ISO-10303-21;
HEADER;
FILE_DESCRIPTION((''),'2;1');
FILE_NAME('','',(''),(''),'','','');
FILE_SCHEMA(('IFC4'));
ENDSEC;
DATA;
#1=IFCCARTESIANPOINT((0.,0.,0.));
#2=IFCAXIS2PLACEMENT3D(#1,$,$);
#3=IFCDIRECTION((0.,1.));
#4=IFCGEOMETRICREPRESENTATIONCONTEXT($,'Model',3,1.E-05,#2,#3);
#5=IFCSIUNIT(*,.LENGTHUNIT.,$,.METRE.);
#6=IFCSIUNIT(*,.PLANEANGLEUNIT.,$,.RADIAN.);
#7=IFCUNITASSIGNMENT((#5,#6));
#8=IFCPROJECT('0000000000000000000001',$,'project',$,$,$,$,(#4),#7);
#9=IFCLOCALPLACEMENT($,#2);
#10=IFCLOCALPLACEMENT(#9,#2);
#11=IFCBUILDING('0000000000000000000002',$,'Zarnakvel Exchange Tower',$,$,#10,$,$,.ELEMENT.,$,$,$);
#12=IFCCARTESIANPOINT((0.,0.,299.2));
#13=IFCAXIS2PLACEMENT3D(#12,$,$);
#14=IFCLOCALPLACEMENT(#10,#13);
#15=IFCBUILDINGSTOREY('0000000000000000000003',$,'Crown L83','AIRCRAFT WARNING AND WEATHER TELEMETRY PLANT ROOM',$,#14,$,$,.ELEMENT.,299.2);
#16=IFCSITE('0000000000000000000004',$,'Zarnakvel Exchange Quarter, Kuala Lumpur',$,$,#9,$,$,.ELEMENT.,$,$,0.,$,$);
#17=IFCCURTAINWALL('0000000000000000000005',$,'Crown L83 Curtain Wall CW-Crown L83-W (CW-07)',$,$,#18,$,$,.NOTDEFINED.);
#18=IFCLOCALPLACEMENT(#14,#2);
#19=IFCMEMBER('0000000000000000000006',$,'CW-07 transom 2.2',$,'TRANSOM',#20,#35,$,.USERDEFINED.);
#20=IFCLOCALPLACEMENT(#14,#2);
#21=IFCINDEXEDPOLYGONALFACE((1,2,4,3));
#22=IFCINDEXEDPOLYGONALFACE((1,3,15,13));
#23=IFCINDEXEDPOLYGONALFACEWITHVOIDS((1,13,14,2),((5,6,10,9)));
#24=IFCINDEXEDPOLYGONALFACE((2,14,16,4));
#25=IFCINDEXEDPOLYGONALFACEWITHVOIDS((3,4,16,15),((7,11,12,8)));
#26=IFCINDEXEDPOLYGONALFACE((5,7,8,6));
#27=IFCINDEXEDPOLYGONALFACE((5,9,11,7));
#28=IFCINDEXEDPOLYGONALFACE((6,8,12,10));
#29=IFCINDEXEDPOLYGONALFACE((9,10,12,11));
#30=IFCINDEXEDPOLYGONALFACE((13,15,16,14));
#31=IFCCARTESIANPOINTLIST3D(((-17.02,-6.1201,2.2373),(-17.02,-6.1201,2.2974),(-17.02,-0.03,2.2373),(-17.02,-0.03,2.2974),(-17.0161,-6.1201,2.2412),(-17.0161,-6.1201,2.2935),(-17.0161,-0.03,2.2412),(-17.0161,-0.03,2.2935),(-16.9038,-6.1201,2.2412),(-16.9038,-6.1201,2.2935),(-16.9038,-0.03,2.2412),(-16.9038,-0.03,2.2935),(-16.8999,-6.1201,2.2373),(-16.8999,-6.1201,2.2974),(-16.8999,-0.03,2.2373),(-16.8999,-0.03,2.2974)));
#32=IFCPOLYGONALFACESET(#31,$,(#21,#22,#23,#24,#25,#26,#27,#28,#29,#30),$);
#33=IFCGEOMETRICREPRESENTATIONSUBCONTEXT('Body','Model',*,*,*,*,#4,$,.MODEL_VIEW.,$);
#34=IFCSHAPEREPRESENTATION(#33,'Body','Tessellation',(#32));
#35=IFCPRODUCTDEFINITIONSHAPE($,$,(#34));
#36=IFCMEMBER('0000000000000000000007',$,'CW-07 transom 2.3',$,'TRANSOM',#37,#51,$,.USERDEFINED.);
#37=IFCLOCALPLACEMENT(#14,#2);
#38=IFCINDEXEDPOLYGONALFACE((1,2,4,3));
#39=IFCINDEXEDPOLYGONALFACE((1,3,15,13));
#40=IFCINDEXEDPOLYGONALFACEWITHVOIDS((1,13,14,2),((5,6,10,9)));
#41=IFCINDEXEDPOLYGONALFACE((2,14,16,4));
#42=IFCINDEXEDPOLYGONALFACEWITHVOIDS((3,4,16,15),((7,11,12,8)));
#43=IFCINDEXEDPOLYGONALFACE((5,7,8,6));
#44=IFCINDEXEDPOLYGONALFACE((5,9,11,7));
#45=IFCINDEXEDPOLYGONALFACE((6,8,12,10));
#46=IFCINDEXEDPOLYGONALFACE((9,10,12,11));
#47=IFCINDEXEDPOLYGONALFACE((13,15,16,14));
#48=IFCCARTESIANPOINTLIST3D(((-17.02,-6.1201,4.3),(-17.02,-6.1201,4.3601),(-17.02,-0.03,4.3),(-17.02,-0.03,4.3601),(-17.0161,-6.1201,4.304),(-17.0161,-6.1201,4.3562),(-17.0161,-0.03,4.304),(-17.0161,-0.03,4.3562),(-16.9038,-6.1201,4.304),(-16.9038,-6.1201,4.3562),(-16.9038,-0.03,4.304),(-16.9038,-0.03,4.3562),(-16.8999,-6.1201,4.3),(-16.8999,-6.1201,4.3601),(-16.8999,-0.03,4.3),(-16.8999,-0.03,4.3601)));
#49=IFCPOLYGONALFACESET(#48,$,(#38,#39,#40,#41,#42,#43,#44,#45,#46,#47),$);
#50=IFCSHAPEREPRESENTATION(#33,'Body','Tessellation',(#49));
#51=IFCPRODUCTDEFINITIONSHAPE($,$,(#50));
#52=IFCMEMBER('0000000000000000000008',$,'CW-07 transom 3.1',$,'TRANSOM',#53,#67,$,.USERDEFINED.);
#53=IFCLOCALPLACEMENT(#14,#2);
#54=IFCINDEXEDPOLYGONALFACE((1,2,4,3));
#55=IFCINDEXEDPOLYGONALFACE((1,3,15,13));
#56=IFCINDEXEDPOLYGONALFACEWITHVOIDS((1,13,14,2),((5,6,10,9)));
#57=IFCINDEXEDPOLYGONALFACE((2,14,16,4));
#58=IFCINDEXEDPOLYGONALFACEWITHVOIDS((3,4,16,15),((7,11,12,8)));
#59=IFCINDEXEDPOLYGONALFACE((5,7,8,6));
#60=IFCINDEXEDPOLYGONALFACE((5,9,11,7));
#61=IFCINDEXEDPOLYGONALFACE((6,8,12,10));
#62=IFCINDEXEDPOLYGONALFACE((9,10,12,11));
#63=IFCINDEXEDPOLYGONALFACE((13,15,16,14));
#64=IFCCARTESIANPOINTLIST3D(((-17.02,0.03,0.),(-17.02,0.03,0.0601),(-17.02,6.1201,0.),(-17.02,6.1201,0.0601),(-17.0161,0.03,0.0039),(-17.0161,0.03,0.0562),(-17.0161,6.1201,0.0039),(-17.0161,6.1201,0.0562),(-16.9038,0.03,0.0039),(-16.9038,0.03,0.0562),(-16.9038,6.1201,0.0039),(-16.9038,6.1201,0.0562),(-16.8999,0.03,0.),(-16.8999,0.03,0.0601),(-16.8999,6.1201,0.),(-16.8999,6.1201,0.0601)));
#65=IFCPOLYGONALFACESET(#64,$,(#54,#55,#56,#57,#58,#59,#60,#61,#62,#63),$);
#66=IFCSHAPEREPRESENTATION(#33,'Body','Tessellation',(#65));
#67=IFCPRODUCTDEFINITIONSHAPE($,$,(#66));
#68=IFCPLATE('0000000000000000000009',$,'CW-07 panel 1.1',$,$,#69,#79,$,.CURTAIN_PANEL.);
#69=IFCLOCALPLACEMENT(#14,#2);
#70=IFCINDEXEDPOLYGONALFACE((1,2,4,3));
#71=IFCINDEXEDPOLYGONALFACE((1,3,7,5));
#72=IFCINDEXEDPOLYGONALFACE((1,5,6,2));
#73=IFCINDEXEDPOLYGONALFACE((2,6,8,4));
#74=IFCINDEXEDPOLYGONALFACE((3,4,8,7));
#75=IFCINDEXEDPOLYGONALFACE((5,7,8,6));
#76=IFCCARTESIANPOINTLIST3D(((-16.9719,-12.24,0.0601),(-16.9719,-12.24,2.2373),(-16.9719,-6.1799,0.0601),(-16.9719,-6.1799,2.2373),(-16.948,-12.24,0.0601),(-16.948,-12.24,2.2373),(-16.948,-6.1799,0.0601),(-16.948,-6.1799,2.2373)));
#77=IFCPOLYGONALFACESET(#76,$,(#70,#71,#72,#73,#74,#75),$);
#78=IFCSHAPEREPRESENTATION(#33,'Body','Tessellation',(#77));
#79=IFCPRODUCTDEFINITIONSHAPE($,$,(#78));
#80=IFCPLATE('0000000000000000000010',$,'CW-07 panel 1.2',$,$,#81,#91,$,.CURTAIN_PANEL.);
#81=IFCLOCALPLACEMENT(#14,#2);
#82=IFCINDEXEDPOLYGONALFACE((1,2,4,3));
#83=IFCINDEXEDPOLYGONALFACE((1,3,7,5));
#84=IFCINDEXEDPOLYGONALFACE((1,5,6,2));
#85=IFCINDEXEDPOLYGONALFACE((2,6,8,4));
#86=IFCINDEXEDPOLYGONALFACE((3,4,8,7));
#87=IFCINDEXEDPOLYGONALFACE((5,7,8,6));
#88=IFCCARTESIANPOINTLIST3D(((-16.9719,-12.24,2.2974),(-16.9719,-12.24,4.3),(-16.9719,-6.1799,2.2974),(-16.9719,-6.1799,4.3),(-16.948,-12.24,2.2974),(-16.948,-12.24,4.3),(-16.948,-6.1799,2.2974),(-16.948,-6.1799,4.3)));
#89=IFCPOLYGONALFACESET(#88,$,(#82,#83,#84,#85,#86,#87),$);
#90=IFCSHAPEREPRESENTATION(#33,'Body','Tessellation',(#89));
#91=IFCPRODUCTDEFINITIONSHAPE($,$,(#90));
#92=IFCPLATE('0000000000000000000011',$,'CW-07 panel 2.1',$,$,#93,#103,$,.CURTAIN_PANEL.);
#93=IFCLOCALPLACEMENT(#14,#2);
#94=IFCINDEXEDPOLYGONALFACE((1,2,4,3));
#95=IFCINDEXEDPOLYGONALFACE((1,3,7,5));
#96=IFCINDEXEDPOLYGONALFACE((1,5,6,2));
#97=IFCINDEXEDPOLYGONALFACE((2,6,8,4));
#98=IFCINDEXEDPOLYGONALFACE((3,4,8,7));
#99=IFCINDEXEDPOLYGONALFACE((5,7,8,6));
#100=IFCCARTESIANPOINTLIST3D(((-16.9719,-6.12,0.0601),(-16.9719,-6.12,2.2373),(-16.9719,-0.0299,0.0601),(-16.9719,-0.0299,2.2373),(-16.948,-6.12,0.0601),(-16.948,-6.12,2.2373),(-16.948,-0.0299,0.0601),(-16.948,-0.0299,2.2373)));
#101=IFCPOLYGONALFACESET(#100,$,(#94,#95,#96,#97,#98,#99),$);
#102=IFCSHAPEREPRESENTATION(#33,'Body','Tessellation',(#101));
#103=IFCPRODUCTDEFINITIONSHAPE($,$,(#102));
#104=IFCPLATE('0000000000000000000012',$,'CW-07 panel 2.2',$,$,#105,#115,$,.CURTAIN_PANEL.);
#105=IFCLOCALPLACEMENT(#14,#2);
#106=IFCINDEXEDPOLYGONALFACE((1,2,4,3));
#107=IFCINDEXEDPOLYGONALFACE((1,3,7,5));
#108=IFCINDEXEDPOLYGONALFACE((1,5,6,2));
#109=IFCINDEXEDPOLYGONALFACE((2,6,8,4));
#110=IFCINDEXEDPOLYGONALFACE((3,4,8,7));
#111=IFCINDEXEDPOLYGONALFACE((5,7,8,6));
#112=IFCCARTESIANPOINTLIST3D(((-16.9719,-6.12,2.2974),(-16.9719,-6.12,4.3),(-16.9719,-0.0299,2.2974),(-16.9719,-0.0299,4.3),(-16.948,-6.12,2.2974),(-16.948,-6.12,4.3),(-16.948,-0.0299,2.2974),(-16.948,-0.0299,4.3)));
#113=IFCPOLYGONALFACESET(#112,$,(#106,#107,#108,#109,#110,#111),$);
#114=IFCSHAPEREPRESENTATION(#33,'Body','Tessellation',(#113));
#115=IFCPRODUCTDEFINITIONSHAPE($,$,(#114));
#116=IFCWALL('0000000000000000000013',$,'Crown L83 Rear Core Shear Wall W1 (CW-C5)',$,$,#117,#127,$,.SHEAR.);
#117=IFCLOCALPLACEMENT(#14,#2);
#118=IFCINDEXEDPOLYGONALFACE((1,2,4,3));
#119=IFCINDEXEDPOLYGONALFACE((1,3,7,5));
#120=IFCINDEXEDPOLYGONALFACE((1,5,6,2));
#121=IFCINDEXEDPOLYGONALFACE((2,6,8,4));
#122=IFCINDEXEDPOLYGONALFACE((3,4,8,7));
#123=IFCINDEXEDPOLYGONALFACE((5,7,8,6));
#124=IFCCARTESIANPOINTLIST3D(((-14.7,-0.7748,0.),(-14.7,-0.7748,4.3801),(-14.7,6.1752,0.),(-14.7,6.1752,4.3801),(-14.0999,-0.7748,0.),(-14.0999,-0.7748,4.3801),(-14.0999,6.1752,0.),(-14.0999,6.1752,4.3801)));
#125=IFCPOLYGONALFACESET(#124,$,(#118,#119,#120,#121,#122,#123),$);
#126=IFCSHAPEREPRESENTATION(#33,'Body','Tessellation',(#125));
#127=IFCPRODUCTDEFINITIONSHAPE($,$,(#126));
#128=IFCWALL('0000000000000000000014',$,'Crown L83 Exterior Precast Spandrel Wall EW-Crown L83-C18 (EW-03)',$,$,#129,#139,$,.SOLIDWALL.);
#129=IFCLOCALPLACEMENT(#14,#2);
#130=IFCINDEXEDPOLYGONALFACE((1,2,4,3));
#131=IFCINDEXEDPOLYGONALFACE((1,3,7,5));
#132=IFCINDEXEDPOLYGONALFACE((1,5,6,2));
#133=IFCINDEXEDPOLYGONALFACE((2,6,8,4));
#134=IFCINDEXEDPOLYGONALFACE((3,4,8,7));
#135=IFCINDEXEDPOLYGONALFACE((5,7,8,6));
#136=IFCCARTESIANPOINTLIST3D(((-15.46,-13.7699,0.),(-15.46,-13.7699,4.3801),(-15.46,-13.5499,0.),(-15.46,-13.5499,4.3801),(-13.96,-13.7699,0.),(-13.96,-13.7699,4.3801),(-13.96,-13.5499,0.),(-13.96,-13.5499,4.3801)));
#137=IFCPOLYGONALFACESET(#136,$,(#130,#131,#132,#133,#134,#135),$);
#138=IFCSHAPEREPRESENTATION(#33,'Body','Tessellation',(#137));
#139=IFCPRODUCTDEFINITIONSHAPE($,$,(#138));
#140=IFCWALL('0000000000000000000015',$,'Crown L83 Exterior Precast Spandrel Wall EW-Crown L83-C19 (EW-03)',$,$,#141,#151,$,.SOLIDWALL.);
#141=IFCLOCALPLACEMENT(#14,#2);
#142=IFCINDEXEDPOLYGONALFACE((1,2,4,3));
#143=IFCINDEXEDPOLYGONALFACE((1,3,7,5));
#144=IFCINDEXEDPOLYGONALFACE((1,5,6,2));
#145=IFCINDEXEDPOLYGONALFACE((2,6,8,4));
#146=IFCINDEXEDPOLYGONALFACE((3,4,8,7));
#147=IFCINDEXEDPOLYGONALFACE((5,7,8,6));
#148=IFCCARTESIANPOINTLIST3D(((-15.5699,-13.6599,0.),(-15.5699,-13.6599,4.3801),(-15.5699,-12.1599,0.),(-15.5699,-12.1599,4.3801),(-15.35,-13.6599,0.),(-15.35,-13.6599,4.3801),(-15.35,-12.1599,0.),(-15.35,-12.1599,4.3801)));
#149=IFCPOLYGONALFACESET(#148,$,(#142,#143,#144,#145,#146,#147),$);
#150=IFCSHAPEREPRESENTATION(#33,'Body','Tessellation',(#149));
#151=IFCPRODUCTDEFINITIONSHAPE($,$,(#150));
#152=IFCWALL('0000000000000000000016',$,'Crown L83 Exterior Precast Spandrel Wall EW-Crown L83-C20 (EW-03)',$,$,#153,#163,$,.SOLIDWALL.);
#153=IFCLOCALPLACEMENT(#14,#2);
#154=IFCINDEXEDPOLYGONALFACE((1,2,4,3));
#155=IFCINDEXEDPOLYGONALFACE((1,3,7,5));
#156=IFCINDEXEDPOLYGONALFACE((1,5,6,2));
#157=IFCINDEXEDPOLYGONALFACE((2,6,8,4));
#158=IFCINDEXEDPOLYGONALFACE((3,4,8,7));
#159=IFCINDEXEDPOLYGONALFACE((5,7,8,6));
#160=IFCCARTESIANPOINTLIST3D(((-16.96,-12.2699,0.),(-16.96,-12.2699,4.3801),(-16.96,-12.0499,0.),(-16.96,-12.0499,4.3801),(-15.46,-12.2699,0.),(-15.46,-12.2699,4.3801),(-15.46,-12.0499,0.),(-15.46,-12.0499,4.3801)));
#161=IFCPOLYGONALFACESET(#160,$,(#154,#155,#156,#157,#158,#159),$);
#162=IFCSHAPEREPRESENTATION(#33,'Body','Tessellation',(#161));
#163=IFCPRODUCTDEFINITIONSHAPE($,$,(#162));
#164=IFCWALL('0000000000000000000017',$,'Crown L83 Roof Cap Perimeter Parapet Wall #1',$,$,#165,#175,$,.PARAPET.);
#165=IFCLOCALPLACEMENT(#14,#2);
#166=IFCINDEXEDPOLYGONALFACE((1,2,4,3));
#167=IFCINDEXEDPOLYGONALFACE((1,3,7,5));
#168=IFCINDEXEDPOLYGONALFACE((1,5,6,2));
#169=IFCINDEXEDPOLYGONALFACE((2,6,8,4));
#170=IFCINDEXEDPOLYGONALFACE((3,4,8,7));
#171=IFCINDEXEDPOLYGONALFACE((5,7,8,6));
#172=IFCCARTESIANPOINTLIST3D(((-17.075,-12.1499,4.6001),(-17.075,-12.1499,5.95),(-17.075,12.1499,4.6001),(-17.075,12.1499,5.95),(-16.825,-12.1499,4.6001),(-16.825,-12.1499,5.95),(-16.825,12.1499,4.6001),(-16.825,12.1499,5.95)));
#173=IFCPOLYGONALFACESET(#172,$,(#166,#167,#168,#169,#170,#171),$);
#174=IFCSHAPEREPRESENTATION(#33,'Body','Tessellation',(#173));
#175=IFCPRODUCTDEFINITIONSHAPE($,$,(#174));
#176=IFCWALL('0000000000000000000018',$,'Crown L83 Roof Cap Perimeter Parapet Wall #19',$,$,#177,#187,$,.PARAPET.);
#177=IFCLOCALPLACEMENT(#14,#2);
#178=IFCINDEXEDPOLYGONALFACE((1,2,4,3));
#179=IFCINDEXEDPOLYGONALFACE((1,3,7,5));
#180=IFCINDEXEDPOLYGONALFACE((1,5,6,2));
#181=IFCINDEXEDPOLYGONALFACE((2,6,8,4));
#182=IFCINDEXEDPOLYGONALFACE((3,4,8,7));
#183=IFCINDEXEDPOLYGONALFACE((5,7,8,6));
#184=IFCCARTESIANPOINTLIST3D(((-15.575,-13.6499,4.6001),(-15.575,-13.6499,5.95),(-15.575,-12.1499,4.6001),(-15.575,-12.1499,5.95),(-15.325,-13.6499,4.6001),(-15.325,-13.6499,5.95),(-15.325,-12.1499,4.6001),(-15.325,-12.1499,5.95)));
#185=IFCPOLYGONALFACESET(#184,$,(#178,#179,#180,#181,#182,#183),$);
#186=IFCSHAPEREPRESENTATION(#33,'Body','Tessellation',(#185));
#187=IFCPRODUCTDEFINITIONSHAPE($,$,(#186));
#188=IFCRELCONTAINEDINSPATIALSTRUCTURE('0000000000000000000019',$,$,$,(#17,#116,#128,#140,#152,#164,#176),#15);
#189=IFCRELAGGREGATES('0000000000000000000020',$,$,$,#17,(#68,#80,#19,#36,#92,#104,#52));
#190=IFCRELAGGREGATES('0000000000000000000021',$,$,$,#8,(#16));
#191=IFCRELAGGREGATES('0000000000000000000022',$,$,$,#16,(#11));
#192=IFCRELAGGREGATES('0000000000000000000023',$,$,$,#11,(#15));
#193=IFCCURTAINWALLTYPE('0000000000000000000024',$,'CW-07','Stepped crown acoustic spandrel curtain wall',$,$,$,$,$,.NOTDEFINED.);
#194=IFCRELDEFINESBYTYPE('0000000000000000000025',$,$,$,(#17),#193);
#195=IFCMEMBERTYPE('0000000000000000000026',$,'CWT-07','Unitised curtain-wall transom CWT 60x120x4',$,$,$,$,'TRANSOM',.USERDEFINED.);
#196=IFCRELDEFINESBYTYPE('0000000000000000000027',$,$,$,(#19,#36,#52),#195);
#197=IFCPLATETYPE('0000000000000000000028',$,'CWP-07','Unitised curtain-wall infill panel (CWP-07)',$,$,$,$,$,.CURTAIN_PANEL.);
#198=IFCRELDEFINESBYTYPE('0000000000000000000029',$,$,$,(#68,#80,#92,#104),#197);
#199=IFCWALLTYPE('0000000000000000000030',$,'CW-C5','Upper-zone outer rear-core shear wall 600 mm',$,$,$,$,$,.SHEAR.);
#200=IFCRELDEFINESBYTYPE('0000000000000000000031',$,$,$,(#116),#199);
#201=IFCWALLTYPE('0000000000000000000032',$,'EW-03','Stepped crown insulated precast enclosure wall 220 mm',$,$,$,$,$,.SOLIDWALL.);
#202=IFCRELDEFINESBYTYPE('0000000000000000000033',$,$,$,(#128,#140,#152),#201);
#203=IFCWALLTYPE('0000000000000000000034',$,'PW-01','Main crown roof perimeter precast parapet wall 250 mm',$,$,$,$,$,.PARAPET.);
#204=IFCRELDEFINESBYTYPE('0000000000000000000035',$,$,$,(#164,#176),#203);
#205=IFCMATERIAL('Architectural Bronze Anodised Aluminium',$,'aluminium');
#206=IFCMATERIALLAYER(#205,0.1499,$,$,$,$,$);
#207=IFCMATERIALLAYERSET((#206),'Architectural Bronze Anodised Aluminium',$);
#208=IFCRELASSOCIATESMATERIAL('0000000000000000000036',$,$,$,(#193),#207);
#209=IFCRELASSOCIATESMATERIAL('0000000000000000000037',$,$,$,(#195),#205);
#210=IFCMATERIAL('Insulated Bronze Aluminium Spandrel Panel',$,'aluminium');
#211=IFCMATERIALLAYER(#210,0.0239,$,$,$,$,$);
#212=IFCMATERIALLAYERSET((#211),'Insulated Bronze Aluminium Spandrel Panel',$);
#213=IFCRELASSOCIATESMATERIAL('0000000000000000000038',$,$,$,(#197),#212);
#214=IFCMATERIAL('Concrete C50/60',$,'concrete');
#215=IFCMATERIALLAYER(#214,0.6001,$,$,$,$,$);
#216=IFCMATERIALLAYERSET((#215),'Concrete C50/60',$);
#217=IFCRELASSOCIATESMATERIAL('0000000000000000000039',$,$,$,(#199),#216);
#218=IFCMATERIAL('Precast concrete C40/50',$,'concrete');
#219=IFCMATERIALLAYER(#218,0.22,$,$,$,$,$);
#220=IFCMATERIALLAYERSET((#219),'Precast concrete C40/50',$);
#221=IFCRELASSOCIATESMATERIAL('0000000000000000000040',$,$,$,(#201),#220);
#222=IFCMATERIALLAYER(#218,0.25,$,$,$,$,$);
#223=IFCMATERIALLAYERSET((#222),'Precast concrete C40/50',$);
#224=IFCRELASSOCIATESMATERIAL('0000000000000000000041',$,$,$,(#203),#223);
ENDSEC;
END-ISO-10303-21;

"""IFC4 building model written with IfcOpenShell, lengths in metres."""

from ifc_helpers import new_model, si_unit, direction, frame, frame_2d, origin, origin_2d, place, context, subcontext, project, spatial, rectangle, hollow_rectangle, extrude, source, transform, mapped, material, layer, layer_set, material_profile, profile_set, type_object, element, aggregate, save


model = new_model("IFC4")

# Units and contexts
model_context = context("Model", 3, precision=1e-05, world=origin(), true_north=direction((0.0, 1.0)))
body_context = subcontext(model_context, "Body", "Model", "MODEL_VIEW")
ifc_project = project(units=[si_unit("LENGTHUNIT", "METRE"), si_unit("PLANEANGLEUNIT", "RADIAN")], contexts=[model_context])

# Site, building, storey
site_placement = place(None, origin())
site = spatial("IfcSite", under=ifc_project, at=site_placement, Name="Zarnakvel Exchange Quarter, Kuala Lumpur", CompositionType="ELEMENT", RefElevation=0.0)
building_placement = place(site_placement, origin())
building = spatial("IfcBuilding", under=site, at=building_placement, Name="Zarnakvel Exchange Tower", CompositionType="ELEMENT")
storey_placement = place(building_placement, frame((0.0, 0.0, 299.2)))
storey = spatial("IfcBuildingStorey", under=building, at=storey_placement, Name="Crown L83", Description="AIRCRAFT WARNING AND WEATHER TELEMETRY PLANT ROOM", CompositionType="ELEMENT", Elevation=299.2)

# Shared definitions
ifc_material_1 = material(Name="Concrete C50/60", Category="concrete")

# Shared definitions
ifc_material_2 = material(Name="Architectural Bronze Anodised Aluminium", Category="aluminium")
ifc_layer_1 = layer(ifc_material_2, 0.1499)
ifc_layer_set_1 = layer_set([ifc_layer_1], Name="Architectural Bronze Anodised Aluminium")
curtain_wall_type = type_object("IfcCurtainWallType", Name="CW-07", Description="Stepped crown acoustic spandrel curtain wall", PredefinedType="NOTDEFINED", material=ifc_layer_set_1)

# Curtain wall
curtain_wall_1_placement = place(storey_placement, origin())
curtain_wall_1 = element("IfcCurtainWall", 1, at=curtain_wall_1_placement, inside=storey, type_object=curtain_wall_type, Name="Crown L83 Curtain Wall CW-Crown L83-W (CW-07)", PredefinedType="NOTDEFINED")

# Members
ifc_material_profile_1 = material_profile(ifc_material_2, hollow_rectangle(XDim=0.1201, YDim=0.0601, WallThickness=0.0039, at=origin_2d()))
ifc_profile_set_1 = profile_set([ifc_material_profile_1], Name="Architectural Bronze Anodised Aluminium")
member_type_1 = type_object("IfcMemberType", Name="CWT-07", Description="Unitised curtain-wall transom CWT 60x120x4", ElementType="TRANSOM", PredefinedType="USERDEFINED", material=ifc_profile_set_1)
shared_shape_1 = source(origin(), body_context, "Body", "SweptSolid", [
    extrude(hollow_rectangle(XDim=0.1201, YDim=0.0601, WallThickness=0.0039, at=origin_2d()), origin(), (0.0, 0.0, 1.0), 6.0901),
])
member_1_placement = place(storey_placement, frame((-16.96, -6.1201, 2.2673), z_axis=(0.0, 1.0, 0.0), x_axis=(-1.0, 0.0, 0.0)))
member_1 = element("IfcMember", 2, at=member_1_placement, type_object=member_type_1, Name="CW-07 transom 2.2", ObjectType="TRANSOM", PredefinedType="USERDEFINED", context=body_context, shape_type="MappedRepresentation", body=[
    mapped(shared_shape_1, transform((0.0, 0.0, 0.0), x_axis=(1.0, 0.0, 0.0), y_axis=(0.0, 1.0, 0.0), z_axis=(0.0, 0.0, 1.0), scale=1.0)),
])
member_2_placement = place(storey_placement, frame((-16.96, -6.1201, 4.3301), z_axis=(0.0, 1.0, 0.0), x_axis=(-1.0, 0.0, 0.0)))
member_2 = element("IfcMember", 3, at=member_2_placement, type_object=member_type_1, Name="CW-07 transom 2.3", ObjectType="TRANSOM", PredefinedType="USERDEFINED", context=body_context, shape_type="MappedRepresentation", body=[
    mapped(shared_shape_1, transform((0.0, 0.0, 0.0), x_axis=(1.0, 0.0, 0.0), y_axis=(0.0, 1.0, 0.0), z_axis=(0.0, 0.0, 1.0), scale=1.0)),
])
member_3_placement = place(storey_placement, frame((-16.96, 0.03, 0.03), z_axis=(0.0, 1.0, 0.0), x_axis=(-1.0, 0.0, 0.0)))
member_3 = element("IfcMember", 4, at=member_3_placement, type_object=member_type_1, Name="CW-07 transom 3.1", ObjectType="TRANSOM", PredefinedType="USERDEFINED", context=body_context, shape_type="MappedRepresentation", body=[
    mapped(shared_shape_1, transform((0.0, 0.0, 0.0), x_axis=(1.0, 0.0, 0.0), y_axis=(0.0, 1.0, 0.0), z_axis=(0.0, 0.0, 1.0), scale=1.0)),
])

# Plates
ifc_material_3 = material(Name="Insulated Bronze Aluminium Spandrel Panel", Category="aluminium")
ifc_layer_2 = layer(ifc_material_3, 0.0239)
ifc_layer_set_2 = layer_set([ifc_layer_2], Name="Insulated Bronze Aluminium Spandrel Panel")
plate_type = type_object("IfcPlateType", Name="CWP-07", Description="Unitised curtain-wall infill panel (CWP-07)", PredefinedType="CURTAIN_PANEL", material=ifc_layer_set_2)
shared_shape_2 = source(origin(), body_context, "Body", "SweptSolid", [
    extrude(rectangle(XDim=6.0601, YDim=0.0239, at=origin_2d()), origin(), (0.0, 0.0, 1.0), 2.1772),
])
plate_1_placement = place(storey_placement, frame((-16.96, -9.21, 0.0601), z_axis=(0.0, 0.0, 1.0), x_axis=(0.0, 1.0, 0.0)))
plate_1 = element("IfcPlate", 5, at=plate_1_placement, type_object=plate_type, Name="CW-07 panel 1.1", PredefinedType="CURTAIN_PANEL", context=body_context, shape_type="MappedRepresentation", body=[
    mapped(shared_shape_2, transform((0.0, 0.0, 0.0), x_axis=(1.0, 0.0, 0.0), y_axis=(0.0, 1.0, 0.0), z_axis=(0.0, 0.0, 1.0), scale=1.0)),
])
shared_shape_3 = source(origin(), body_context, "Body", "SweptSolid", [
    extrude(rectangle(XDim=6.0601, YDim=0.0239, at=origin_2d()), origin(), (0.0, 0.0, 1.0), 2.0027),
])
plate_2_placement = place(storey_placement, frame((-16.96, -9.21, 2.2974), z_axis=(0.0, 0.0, 1.0), x_axis=(0.0, 1.0, 0.0)))
plate_2 = element("IfcPlate", 6, at=plate_2_placement, type_object=plate_type, Name="CW-07 panel 1.2", PredefinedType="CURTAIN_PANEL", context=body_context, shape_type="MappedRepresentation", body=[
    mapped(shared_shape_3, transform((0.0, 0.0, 0.0), x_axis=(1.0, 0.0, 0.0), y_axis=(0.0, 1.0, 0.0), z_axis=(0.0, 0.0, 1.0), scale=1.0)),
])
shared_shape_4 = source(origin(), body_context, "Body", "SweptSolid", [
    extrude(rectangle(XDim=6.0901, YDim=0.0239, at=origin_2d()), origin(), (0.0, 0.0, 1.0), 2.1772),
])
plate_3_placement = place(storey_placement, frame((-16.96, -3.075, 0.0601), z_axis=(0.0, 0.0, 1.0), x_axis=(0.0, 1.0, 0.0)))
plate_3 = element("IfcPlate", 7, at=plate_3_placement, type_object=plate_type, Name="CW-07 panel 2.1", PredefinedType="CURTAIN_PANEL", context=body_context, shape_type="MappedRepresentation", body=[
    mapped(shared_shape_4, transform((0.0, 0.0, 0.0), x_axis=(1.0, 0.0, 0.0), y_axis=(0.0, 1.0, 0.0), z_axis=(0.0, 0.0, 1.0), scale=1.0)),
])
shared_shape_5 = source(origin(), body_context, "Body", "SweptSolid", [
    extrude(rectangle(XDim=6.0901, YDim=0.0239, at=origin_2d()), origin(), (0.0, 0.0, 1.0), 2.0027),
])
plate_4_placement = place(storey_placement, frame((-16.96, -3.075, 2.2974), z_axis=(0.0, 0.0, 1.0), x_axis=(0.0, 1.0, 0.0)))
plate_4 = element("IfcPlate", 8, at=plate_4_placement, type_object=plate_type, Name="CW-07 panel 2.2", PredefinedType="CURTAIN_PANEL", context=body_context, shape_type="MappedRepresentation", body=[
    mapped(shared_shape_5, transform((0.0, 0.0, 0.0), x_axis=(1.0, 0.0, 0.0), y_axis=(0.0, 1.0, 0.0), z_axis=(0.0, 0.0, 1.0), scale=1.0)),
])
aggregate(curtain_wall_1, [plate_1, plate_2, member_1, member_2, plate_3, plate_4, member_3])

# Walls
ifc_layer_3 = layer(ifc_material_1, 0.6001)
ifc_layer_set_3 = layer_set([ifc_layer_3], Name="Concrete C50/60")
wall_type_1 = type_object("IfcWallType", Name="CW-C5", Description="Upper-zone outer rear-core shear wall 600 mm", PredefinedType="SHEAR", material=ifc_layer_set_3)
wall_1_placement = place(storey_placement, frame((-14.3999, -0.7749, 0.0), z_axis=(0.0, 0.0, 1.0), x_axis=(0.0, 1.0, 0.0)))
element("IfcWall", 9, at=wall_1_placement, inside=storey, type_object=wall_type_1, Name="Crown L83 Rear Core Shear Wall W1 (CW-C5)", PredefinedType="SHEAR", context=body_context, shape_type="SweptSolid", body=[
    extrude(rectangle(XDim=6.95, YDim=0.6001, at=frame_2d((3.4751, 0.0))), origin(), (0.0, 0.0, 1.0), 4.3801),
])
ifc_material_4 = material(Name="Precast concrete C40/50", Category="concrete")
ifc_layer_4 = layer(ifc_material_4, 0.22)
ifc_layer_set_4 = layer_set([ifc_layer_4], Name="Precast concrete C40/50")
wall_type_2 = type_object("IfcWallType", Name="EW-03", Description="Stepped crown insulated precast enclosure wall 220 mm", PredefinedType="SOLIDWALL", material=ifc_layer_set_4)
for number, where, z_axis, x_axis, name in (
    (10, (-15.46, -13.6599, 0.0), (0.0, 0.0, 1.0), (1.0, 0.0, 0.0), "Crown L83 Exterior Precast Spandrel Wall EW-Crown L83-C18 (EW-03)"),
    (11, (-15.46, -12.1599, 0.0), (0.0, 0.0, 1.0), (0.0, -1.0, 0.0), "Crown L83 Exterior Precast Spandrel Wall EW-Crown L83-C19 (EW-03)"),
    (12, (-16.96, -12.1599, 0.0), (0.0, 0.0, 1.0), (1.0, 0.0, 0.0), "Crown L83 Exterior Precast Spandrel Wall EW-Crown L83-C20 (EW-03)"),
):
    element("IfcWall", number, at=place(storey_placement, frame(where, z_axis=z_axis, x_axis=x_axis)), inside=storey, type_object=wall_type_2, Name=name, PredefinedType="SOLIDWALL", context=body_context, shape_type="SweptSolid", body=[
        extrude(rectangle(XDim=1.5, YDim=0.22, at=frame_2d((0.75, 0.0))), origin(), (0.0, 0.0, 1.0), 4.3801),
    ])
ifc_layer_5 = layer(ifc_material_4, 0.25)
ifc_layer_set_5 = layer_set([ifc_layer_5], Name="Precast concrete C40/50")
wall_type_3 = type_object("IfcWallType", Name="PW-01", Description="Main crown roof perimeter precast parapet wall 250 mm", PredefinedType="PARAPET", material=ifc_layer_set_5)
wall_2_placement = place(storey_placement, frame((-16.95, -12.1499, 4.6001), z_axis=(0.0, 0.0, 1.0), x_axis=(0.0, 1.0, 0.0)))
element("IfcWall", 13, at=wall_2_placement, inside=storey, type_object=wall_type_3, Name="Crown L83 Roof Cap Perimeter Parapet Wall #1", PredefinedType="PARAPET", context=body_context, shape_type="SweptSolid", body=[
    extrude(rectangle(XDim=24.2998, YDim=0.25, at=frame_2d((12.1499, 0.0))), origin(), (0.0, 0.0, 1.0), 1.3499),
])
for number, where, z_axis, x_axis, name in (
    (14, (-15.45, -13.6499, 4.6001), (0.0, 0.0, 1.0), (0.0, 1.0, 0.0), "Crown L83 Roof Cap Perimeter Parapet Wall #19"),
):
    element("IfcWall", number, at=place(storey_placement, frame(where, z_axis=z_axis, x_axis=x_axis)), inside=storey, type_object=wall_type_3, Name=name, PredefinedType="PARAPET", context=body_context, shape_type="SweptSolid", body=[
        extrude(rectangle(XDim=1.5, YDim=0.25, at=frame_2d((0.75, 0.0))), origin(), (0.0, 0.0, 1.0), 1.3499),
    ])

save(model, "model.ifc")
